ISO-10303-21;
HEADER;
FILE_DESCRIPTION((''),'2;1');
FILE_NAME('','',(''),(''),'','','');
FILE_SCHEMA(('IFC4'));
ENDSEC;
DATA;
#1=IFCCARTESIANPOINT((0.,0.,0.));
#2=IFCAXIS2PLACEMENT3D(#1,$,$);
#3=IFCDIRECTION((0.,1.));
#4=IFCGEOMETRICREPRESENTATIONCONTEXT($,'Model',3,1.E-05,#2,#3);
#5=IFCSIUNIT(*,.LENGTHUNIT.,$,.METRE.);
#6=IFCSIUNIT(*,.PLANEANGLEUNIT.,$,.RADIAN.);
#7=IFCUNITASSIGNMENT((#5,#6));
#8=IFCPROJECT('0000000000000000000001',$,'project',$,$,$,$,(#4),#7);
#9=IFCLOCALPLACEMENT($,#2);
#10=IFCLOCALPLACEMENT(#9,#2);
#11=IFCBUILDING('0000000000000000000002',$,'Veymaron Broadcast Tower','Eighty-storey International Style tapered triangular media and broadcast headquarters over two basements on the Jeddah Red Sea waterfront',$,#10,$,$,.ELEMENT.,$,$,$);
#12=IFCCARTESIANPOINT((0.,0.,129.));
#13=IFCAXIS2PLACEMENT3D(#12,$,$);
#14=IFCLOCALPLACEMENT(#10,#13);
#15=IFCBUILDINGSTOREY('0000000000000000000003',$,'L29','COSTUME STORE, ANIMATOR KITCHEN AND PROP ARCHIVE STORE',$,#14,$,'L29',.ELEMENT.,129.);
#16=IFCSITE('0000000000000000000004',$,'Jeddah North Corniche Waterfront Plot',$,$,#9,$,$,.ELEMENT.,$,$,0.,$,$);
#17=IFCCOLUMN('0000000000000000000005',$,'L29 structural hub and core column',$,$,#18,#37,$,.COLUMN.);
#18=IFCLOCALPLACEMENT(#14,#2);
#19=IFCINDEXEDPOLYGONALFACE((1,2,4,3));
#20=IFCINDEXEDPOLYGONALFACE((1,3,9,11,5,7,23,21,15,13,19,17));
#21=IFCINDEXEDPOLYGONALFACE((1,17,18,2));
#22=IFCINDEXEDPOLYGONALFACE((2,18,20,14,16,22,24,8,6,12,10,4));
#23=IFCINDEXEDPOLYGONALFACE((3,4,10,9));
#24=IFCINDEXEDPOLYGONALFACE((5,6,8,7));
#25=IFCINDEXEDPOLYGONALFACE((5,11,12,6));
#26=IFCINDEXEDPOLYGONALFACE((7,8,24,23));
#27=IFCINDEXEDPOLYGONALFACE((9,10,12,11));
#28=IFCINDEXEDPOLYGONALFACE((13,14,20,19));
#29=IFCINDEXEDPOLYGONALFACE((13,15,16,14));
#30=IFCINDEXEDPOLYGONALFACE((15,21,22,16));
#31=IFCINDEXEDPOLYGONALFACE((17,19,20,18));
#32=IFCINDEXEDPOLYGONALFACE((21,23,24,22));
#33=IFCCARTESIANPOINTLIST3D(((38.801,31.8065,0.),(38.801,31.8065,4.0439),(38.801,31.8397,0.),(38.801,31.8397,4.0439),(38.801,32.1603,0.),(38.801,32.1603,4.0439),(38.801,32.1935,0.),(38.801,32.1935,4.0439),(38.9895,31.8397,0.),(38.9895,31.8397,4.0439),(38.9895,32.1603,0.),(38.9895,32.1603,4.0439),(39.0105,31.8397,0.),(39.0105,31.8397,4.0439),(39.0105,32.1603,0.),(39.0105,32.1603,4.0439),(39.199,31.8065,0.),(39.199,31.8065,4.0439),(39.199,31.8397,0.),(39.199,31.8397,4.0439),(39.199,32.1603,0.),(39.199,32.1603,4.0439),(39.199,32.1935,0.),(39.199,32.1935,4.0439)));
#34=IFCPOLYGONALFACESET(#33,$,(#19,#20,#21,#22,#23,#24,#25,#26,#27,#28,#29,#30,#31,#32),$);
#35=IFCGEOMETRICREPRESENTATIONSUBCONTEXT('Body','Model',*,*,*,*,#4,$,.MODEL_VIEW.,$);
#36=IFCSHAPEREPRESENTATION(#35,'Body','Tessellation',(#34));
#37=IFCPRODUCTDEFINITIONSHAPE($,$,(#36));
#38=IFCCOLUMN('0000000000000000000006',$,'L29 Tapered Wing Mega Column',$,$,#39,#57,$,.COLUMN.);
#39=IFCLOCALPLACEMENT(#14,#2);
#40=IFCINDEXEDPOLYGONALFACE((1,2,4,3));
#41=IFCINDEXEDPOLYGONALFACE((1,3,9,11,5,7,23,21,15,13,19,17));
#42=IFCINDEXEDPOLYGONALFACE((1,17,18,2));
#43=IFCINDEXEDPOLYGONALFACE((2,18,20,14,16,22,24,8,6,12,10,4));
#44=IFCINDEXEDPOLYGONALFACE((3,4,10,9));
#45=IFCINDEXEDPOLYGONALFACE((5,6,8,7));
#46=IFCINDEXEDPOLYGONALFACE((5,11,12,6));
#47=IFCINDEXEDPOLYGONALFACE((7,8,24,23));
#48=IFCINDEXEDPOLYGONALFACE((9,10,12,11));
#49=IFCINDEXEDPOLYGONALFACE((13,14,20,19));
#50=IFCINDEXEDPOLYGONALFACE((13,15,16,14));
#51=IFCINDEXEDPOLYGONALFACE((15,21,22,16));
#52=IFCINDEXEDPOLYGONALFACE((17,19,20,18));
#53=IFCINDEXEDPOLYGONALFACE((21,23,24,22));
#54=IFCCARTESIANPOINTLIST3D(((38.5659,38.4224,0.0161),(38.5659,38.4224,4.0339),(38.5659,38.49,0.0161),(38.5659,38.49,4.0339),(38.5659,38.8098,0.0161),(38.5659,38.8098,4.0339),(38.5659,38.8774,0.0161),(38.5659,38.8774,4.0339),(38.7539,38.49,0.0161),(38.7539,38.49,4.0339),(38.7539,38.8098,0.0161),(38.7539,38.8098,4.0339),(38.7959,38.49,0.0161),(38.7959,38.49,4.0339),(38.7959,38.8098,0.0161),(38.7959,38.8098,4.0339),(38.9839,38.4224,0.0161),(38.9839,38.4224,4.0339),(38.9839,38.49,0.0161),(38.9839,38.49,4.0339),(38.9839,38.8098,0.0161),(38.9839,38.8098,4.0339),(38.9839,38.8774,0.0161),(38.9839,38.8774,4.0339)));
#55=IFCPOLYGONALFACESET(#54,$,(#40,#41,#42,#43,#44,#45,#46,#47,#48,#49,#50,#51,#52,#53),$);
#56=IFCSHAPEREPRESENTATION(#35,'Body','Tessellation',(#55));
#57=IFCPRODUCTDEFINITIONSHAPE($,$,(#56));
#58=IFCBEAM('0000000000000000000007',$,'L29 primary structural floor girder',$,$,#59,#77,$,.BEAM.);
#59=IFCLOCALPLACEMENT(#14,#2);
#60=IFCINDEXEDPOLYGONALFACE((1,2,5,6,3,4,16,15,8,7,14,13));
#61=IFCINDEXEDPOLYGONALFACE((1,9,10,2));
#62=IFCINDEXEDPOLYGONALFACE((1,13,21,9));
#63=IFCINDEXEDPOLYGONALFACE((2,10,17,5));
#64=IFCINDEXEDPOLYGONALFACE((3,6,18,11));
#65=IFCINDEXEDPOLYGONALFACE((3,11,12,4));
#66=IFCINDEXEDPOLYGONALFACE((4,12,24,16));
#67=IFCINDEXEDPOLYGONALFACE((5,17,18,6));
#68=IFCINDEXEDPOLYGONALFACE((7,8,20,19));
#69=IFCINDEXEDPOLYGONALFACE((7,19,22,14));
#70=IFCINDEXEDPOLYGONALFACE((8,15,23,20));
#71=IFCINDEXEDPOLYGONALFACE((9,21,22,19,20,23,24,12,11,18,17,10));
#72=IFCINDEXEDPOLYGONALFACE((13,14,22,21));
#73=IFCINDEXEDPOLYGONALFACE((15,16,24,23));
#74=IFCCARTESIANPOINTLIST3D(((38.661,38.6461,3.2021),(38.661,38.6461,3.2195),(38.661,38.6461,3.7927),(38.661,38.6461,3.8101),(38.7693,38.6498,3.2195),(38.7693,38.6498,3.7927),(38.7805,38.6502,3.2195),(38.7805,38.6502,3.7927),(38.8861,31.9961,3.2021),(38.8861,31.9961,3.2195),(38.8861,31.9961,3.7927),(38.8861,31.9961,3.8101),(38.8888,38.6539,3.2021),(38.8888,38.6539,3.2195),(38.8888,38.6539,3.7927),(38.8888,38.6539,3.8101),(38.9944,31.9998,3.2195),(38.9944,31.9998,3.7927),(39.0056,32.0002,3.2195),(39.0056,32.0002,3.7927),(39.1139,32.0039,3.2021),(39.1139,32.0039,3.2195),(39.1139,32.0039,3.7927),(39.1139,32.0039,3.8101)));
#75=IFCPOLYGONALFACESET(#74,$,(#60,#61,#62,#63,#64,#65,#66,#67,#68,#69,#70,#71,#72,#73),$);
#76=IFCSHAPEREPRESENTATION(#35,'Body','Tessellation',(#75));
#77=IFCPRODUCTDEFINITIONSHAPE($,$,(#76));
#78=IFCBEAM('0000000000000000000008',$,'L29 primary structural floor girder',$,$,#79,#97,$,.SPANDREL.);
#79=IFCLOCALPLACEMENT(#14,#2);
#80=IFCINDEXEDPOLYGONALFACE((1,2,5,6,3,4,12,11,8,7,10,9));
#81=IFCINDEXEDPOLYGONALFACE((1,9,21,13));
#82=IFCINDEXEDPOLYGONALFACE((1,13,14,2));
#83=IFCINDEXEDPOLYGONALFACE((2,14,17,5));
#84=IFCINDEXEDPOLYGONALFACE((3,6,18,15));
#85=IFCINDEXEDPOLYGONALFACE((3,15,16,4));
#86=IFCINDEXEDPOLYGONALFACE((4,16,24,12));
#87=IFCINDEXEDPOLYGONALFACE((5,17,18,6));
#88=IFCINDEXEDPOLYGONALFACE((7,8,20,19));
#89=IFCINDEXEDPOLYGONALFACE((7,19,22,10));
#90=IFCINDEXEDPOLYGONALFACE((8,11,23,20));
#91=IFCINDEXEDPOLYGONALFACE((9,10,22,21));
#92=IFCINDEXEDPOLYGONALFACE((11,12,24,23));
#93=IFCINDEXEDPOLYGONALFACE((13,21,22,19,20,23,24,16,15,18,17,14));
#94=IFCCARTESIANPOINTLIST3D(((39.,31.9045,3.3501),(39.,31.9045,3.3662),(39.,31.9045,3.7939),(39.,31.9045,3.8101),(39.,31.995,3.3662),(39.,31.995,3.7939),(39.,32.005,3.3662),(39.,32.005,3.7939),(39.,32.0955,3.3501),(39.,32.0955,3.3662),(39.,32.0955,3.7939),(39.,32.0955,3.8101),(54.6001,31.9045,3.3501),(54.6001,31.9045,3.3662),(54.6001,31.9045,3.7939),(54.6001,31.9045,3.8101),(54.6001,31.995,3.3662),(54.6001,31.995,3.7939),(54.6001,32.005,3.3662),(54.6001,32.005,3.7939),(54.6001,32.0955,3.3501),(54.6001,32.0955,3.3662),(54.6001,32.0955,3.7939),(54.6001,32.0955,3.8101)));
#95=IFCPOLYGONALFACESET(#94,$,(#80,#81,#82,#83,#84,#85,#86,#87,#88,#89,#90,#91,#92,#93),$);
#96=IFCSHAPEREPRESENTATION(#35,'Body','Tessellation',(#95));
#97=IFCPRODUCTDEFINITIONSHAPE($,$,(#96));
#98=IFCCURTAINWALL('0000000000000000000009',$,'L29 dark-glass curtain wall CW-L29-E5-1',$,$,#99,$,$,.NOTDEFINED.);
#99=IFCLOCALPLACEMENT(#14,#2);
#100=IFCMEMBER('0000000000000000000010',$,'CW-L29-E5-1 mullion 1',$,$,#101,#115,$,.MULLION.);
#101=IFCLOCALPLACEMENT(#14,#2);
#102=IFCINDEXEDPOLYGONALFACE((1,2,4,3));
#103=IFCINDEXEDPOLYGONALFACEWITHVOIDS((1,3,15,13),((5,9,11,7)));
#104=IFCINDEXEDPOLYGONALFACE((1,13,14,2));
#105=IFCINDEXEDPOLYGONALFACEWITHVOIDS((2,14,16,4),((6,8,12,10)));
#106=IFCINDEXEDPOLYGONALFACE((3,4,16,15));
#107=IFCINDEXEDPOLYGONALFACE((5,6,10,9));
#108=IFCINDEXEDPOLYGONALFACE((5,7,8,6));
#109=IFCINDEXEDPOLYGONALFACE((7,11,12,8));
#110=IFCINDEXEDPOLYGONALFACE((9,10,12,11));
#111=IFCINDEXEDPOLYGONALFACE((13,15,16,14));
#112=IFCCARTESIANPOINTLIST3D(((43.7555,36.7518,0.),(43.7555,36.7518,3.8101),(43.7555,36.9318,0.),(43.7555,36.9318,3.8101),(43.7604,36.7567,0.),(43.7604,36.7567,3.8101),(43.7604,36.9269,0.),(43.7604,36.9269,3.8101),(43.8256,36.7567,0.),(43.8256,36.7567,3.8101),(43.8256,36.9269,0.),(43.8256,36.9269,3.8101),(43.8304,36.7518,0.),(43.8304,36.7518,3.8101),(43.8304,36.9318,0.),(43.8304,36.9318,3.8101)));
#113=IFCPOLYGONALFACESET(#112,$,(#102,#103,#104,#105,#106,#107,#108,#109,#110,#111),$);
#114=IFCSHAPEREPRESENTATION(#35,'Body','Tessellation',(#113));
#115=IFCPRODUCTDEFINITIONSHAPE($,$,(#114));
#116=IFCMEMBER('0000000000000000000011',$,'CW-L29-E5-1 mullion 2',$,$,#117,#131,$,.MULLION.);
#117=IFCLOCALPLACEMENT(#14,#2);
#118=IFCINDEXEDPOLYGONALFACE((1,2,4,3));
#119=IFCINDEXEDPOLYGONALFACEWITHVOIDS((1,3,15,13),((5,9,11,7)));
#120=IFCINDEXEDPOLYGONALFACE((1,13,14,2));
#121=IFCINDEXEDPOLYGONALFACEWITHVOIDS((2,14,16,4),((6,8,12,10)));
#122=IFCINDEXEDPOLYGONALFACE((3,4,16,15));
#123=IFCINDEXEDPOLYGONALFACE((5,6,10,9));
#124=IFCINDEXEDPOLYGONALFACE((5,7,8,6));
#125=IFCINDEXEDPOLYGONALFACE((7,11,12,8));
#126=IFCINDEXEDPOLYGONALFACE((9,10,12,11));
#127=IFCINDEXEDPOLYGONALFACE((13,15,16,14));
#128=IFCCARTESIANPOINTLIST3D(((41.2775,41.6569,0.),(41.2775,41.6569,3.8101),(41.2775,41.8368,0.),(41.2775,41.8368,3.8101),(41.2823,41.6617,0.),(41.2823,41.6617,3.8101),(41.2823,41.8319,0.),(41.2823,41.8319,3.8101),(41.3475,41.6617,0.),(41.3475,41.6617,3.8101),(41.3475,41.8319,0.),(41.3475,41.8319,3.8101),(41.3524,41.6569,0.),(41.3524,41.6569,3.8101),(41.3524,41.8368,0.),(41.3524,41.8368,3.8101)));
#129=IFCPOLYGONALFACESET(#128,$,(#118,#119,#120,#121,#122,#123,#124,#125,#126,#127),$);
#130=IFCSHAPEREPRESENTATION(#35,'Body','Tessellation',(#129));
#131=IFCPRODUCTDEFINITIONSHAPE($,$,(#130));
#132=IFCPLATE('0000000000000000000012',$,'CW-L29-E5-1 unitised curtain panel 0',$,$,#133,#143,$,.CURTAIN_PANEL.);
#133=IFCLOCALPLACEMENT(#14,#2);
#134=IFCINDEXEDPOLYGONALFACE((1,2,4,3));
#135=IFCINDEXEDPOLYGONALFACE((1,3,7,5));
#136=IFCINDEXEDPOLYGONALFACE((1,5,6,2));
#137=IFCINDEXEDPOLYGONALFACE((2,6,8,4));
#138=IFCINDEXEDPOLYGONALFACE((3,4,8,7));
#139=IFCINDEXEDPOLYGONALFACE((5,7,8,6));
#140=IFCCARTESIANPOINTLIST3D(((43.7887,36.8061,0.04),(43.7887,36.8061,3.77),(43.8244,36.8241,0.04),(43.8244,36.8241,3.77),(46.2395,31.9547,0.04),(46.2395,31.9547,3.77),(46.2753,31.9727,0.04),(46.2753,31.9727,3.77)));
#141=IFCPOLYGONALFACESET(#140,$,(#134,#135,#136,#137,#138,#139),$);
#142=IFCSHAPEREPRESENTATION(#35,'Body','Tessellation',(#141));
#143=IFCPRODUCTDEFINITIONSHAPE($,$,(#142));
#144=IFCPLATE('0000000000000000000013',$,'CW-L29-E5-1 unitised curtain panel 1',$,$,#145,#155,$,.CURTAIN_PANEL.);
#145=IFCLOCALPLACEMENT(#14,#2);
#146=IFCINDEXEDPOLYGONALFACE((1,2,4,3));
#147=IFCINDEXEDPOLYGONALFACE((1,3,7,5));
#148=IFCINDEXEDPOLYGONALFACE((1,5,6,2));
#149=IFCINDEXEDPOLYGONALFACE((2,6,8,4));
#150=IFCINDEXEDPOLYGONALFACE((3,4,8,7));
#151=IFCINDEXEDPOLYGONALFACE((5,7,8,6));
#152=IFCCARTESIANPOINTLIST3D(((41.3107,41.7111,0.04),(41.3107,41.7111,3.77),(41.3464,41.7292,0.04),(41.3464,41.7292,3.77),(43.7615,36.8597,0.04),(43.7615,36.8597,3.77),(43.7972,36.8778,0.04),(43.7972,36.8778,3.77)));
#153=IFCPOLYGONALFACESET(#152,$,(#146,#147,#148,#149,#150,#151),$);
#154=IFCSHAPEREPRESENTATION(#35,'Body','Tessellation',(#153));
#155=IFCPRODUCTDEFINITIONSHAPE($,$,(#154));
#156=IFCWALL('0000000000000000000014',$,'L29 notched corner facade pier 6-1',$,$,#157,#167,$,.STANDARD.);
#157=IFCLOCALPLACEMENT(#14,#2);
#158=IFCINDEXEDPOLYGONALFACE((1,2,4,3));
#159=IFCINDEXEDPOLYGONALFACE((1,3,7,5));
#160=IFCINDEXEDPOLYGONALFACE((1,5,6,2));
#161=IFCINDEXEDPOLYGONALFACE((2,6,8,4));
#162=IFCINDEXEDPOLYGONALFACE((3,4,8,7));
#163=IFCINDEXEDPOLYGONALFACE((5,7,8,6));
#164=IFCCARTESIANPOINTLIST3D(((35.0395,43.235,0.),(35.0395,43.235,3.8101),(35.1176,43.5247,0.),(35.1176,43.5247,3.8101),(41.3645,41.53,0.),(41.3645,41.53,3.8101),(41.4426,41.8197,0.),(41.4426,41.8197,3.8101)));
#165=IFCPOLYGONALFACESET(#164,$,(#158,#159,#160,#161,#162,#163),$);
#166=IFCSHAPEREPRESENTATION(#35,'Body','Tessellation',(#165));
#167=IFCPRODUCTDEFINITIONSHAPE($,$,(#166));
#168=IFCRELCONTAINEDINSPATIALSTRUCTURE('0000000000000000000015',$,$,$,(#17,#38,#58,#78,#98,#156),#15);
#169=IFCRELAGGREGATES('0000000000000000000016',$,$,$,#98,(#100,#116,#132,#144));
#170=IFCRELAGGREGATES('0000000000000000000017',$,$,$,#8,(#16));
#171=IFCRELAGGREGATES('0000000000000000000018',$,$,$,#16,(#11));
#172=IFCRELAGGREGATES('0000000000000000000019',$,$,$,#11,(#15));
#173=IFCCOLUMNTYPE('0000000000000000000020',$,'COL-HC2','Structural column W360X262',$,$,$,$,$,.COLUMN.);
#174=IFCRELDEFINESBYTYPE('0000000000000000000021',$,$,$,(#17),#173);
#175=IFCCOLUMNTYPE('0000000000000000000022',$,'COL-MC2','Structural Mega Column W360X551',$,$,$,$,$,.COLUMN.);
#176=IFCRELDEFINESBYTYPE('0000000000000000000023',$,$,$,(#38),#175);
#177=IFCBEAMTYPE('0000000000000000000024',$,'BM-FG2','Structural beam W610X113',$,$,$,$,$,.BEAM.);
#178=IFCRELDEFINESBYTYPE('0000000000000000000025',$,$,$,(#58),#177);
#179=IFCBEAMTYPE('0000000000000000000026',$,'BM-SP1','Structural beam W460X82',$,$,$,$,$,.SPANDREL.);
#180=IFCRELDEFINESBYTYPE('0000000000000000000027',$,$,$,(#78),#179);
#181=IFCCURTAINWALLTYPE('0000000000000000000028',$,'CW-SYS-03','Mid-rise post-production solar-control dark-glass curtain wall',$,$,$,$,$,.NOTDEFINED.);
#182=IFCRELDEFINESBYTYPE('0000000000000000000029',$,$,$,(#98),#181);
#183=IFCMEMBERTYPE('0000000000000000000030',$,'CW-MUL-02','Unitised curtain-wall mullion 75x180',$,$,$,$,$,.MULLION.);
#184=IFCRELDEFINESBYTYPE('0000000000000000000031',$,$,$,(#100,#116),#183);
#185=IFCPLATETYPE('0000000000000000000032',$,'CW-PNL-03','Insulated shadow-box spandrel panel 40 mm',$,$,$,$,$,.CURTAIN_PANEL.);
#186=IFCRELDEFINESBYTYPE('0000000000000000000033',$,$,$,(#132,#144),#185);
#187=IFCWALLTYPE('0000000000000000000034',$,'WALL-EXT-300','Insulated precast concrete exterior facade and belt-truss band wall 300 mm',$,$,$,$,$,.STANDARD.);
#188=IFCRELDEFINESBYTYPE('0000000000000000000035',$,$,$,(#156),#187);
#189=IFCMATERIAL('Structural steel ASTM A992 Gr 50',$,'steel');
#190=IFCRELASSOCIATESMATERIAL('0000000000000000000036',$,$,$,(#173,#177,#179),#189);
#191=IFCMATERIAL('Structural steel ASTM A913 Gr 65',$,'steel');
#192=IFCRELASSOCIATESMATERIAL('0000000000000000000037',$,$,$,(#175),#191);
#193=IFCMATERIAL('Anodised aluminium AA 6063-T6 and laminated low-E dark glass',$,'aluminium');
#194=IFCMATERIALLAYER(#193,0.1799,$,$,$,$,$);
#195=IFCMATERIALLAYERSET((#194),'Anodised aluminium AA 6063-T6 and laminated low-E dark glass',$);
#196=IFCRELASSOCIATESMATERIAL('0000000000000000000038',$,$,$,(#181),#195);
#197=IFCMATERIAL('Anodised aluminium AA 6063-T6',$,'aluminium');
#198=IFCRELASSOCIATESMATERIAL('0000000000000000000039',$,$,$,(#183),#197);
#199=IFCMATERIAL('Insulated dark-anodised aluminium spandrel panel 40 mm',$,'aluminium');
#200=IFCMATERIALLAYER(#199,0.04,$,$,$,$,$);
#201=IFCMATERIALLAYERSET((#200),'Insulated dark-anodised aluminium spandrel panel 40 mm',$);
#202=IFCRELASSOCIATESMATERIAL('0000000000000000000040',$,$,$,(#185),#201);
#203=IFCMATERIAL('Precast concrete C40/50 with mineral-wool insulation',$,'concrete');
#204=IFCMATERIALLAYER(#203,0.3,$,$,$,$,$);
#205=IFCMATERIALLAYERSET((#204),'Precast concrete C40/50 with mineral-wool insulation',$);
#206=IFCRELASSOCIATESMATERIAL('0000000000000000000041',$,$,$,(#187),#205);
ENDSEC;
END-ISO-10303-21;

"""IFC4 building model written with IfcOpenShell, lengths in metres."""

from ifc_helpers import new_model, si_unit, direction, frame, frame_2d, origin, origin_2d, place, context, subcontext, project, spatial, rectangle, hollow_rectangle, i_section, extrude, material, layer, layer_set, material_profile, profile_set, type_object, element, aggregate, save


model = new_model("IFC4")

# Units and contexts
model_context = context("Model", 3, precision=1e-05, world=origin(), true_north=direction((0.0, 1.0)))
body_context = subcontext(model_context, "Body", "Model", "MODEL_VIEW")
ifc_project = project(units=[si_unit("LENGTHUNIT", "METRE"), si_unit("PLANEANGLEUNIT", "RADIAN")], contexts=[model_context])

# Site, building, storey
site_placement = place(None, origin())
site = spatial("IfcSite", under=ifc_project, at=site_placement, Name="Jeddah North Corniche Waterfront Plot", CompositionType="ELEMENT", RefElevation=0.0)
building_placement = place(site_placement, origin())
building = spatial("IfcBuilding", under=site, at=building_placement, Name="Veymaron Broadcast Tower", Description="Eighty-storey International Style tapered triangular media and broadcast headquarters over two basements on the Jeddah Red Sea waterfront", CompositionType="ELEMENT")
storey_placement = place(building_placement, frame((0.0, 0.0, 129.0)))
storey = spatial("IfcBuildingStorey", under=building, at=storey_placement, Name="L29", Description="COSTUME STORE, ANIMATOR KITCHEN AND PROP ARCHIVE STORE", LongName="L29", CompositionType="ELEMENT", Elevation=129.0)

# Columns
ifc_material_1 = material(Name="Structural steel ASTM A992 Gr 50", Category="steel")
ifc_material_profile_1 = material_profile(ifc_material_1, i_section(OverallWidth=0.3979, OverallDepth=0.387, WebThickness=0.021, FlangeThickness=0.0332, at=origin_2d()), Name="W360X262")
ifc_profile_set_1 = profile_set([ifc_material_profile_1], Name="Structural steel ASTM A992 Gr 50")
column_type_1 = type_object("IfcColumnType", Name="COL-HC2", Description="Structural column W360X262", PredefinedType="COLUMN", material=ifc_profile_set_1)
column_1_placement = place(storey_placement, frame((39.0, 32.0, 0.0), z_axis=(0.0, 0.0, 1.0), x_axis=(1.0, 0.0, 0.0)))
element("IfcColumn", 1, at=column_1_placement, inside=storey, type_object=column_type_1, Name="L29 structural hub and core column", PredefinedType="COLUMN", context=body_context, shape_type="SweptSolid", body=[
    extrude(i_section(OverallWidth=0.3979, OverallDepth=0.387, WebThickness=0.021, FlangeThickness=0.0332, at=origin_2d()), origin(), (0.0, 0.0, 1.0), 4.0439),
])
ifc_material_2 = material(Name="Structural steel ASTM A913 Gr 65", Category="steel")
ifc_material_profile_2 = material_profile(ifc_material_2, i_section(OverallWidth=0.418, OverallDepth=0.4551, WebThickness=0.042, FlangeThickness=0.0676, at=origin_2d()), Name="W360X551")
ifc_profile_set_2 = profile_set([ifc_material_profile_2], Name="Structural steel ASTM A913 Gr 65")
column_type_2 = type_object("IfcColumnType", Name="COL-MC2", Description="Structural Mega Column W360X551", PredefinedType="COLUMN", material=ifc_profile_set_2)
column_2_placement = place(storey_placement, frame((38.7749, 38.6499, 0.0161), z_axis=(0.0, 0.0, 1.0), x_axis=(1.0, 0.0, 0.0)))
element("IfcColumn", 2, at=column_2_placement, inside=storey, type_object=column_type_2, Name="L29 Tapered Wing Mega Column", PredefinedType="COLUMN", context=body_context, shape_type="SweptSolid", body=[
    extrude(i_section(OverallWidth=0.418, OverallDepth=0.4551, WebThickness=0.042, FlangeThickness=0.0676, at=origin_2d()), origin(), (0.0, 0.0, 1.0), 4.0178),
])

# Beams
ifc_material_profile_3 = material_profile(ifc_material_1, i_section(OverallWidth=0.228, OverallDepth=0.6079, WebThickness=0.0112, FlangeThickness=0.0173, at=origin_2d()), Name="W610X113")
ifc_profile_set_3 = profile_set([ifc_material_profile_3], Name="Structural steel ASTM A992 Gr 50")
beam_type_1 = type_object("IfcBeamType", Name="BM-FG2", Description="Structural beam W610X113", PredefinedType="BEAM", material=ifc_profile_set_3)
beam_1_placement = place(storey_placement, frame((39.0, 32.0, 3.5061), z_axis=(-0.03383, 0.999428, 0.0), x_axis=(-0.999428, -0.03383, 0.0)))
element("IfcBeam", 3, at=beam_1_placement, inside=storey, type_object=beam_type_1, Name="L29 primary structural floor girder", PredefinedType="BEAM", context=body_context, shape_type="SweptSolid", body=[
    extrude(i_section(OverallWidth=0.228, OverallDepth=0.6079, WebThickness=0.0112, FlangeThickness=0.0173, at=origin_2d()), origin(), (0.0, 0.0, 1.0), 6.6538),
])
ifc_material_profile_4 = material_profile(ifc_material_1, i_section(OverallWidth=0.1909, OverallDepth=0.46, WebThickness=0.01, FlangeThickness=0.0161, at=origin_2d()), Name="W460X82")
ifc_profile_set_4 = profile_set([ifc_material_profile_4], Name="Structural steel ASTM A992 Gr 50")
beam_type_2 = type_object("IfcBeamType", Name="BM-SP1", Description="Structural beam W460X82", PredefinedType="SPANDREL", material=ifc_profile_set_4)
beam_2_placement = place(storey_placement, frame((39.0, 32.0, 3.5801), z_axis=(1.0, 0.0, 0.0), x_axis=(0.0, 1.0, 0.0)))
element("IfcBeam", 4, at=beam_2_placement, inside=storey, type_object=beam_type_2, Name="L29 primary structural floor girder", PredefinedType="SPANDREL", context=body_context, shape_type="SweptSolid", body=[
    extrude(i_section(OverallWidth=0.1909, OverallDepth=0.46, WebThickness=0.01, FlangeThickness=0.0161, at=origin_2d()), origin(), (0.0, 0.0, 1.0), 15.6001),
])

# Curtain wall, members, plates
ifc_material_3 = material(Name="Anodised aluminium AA 6063-T6 and laminated low-E dark glass", Category="aluminium")
ifc_layer_1 = layer(ifc_material_3, 0.1799)
ifc_layer_set_1 = layer_set([ifc_layer_1], Name="Anodised aluminium AA 6063-T6 and laminated low-E dark glass")
curtain_wall_type = type_object("IfcCurtainWallType", Name="CW-SYS-03", Description="Mid-rise post-production solar-control dark-glass curtain wall", PredefinedType="NOTDEFINED", material=ifc_layer_set_1)
curtain_wall_placement = place(storey_placement, origin())
curtain_wall = element("IfcCurtainWall", 5, at=curtain_wall_placement, inside=storey, type_object=curtain_wall_type, Name="L29 dark-glass curtain wall CW-L29-E5-1", PredefinedType="NOTDEFINED")
ifc_material_4 = material(Name="Anodised aluminium AA 6063-T6", Category="aluminium")
ifc_material_profile_5 = material_profile(ifc_material_4, hollow_rectangle(XDim=0.075, YDim=0.1799, WallThickness=0.0049, at=origin_2d()), Name="AL180X75X5")
ifc_profile_set_5 = profile_set([ifc_material_profile_5], Name="Anodised aluminium AA 6063-T6")
member_type = type_object("IfcMemberType", Name="CW-MUL-02", Description="Unitised curtain-wall mullion 75x180", PredefinedType="MULLION", material=ifc_profile_set_5)
member_1_placement = place(storey_placement, frame((43.793, 36.8418, 0.0), z_axis=(0.0, 0.0, 1.0), x_axis=(1.0, 0.0, 0.0)))
member_1 = element("IfcMember", 6, at=member_1_placement, type_object=member_type, Name="CW-L29-E5-1 mullion 1", PredefinedType="MULLION", context=body_context, shape_type="SweptSolid", body=[
    extrude(hollow_rectangle(XDim=0.075, YDim=0.1799, WallThickness=0.0049, at=origin_2d()), origin(), (0.0, 0.0, 1.0), 3.8101),
])
member_2_placement = place(storey_placement, frame((41.3149, 41.7468, 0.0), z_axis=(0.0, 0.0, 1.0), x_axis=(1.0, 0.0, 0.0)))
member_2 = element("IfcMember", 7, at=member_2_placement, type_object=member_type, Name="CW-L29-E5-1 mullion 2", PredefinedType="MULLION", context=body_context, shape_type="SweptSolid", body=[
    extrude(hollow_rectangle(XDim=0.075, YDim=0.1799, WallThickness=0.0049, at=origin_2d()), origin(), (0.0, 0.0, 1.0), 3.8101),
])
ifc_material_5 = material(Name="Insulated dark-anodised aluminium spandrel panel 40 mm", Category="aluminium")
ifc_layer_2 = layer(ifc_material_5, 0.04)
ifc_layer_set_2 = layer_set([ifc_layer_2], Name="Insulated dark-anodised aluminium spandrel panel 40 mm")
plate_type = type_object("IfcPlateType", Name="CW-PNL-03", Description="Insulated shadow-box spandrel panel 40 mm", PredefinedType="CURTAIN_PANEL", material=ifc_layer_set_2)
plate_1_placement = place(storey_placement, frame((45.032, 34.3894, 0.04), z_axis=(0.0, 0.0, 1.0), x_axis=(-0.450909, 0.89257, 0.0)))
plate_1 = element("IfcPlate", 8, at=plate_1_placement, type_object=plate_type, Name="CW-L29-E5-1 unitised curtain panel 0", PredefinedType="CURTAIN_PANEL", context=body_context, shape_type="SweptSolid", body=[
    extrude(rectangle(XDim=5.4353, YDim=0.04, at=origin_2d()), origin(), (0.0, 0.0, 1.0), 3.73),
])
plate_2_placement = place(storey_placement, frame((42.554, 39.2944, 0.04), z_axis=(0.0, 0.0, 1.0), x_axis=(-0.450909, 0.89257, 0.0)))
plate_2 = element("IfcPlate", 9, at=plate_2_placement, type_object=plate_type, Name="CW-L29-E5-1 unitised curtain panel 1", PredefinedType="CURTAIN_PANEL", context=body_context, shape_type="SweptSolid", body=[
    extrude(rectangle(XDim=5.4353, YDim=0.04, at=origin_2d()), origin(), (0.0, 0.0, 1.0), 3.73),
])
aggregate(curtain_wall, [member_1, member_2, plate_1, plate_2])

# Wall
ifc_material_6 = material(Name="Precast concrete C40/50 with mineral-wool insulation", Category="concrete")
ifc_layer_3 = layer(ifc_material_6, 0.3)
ifc_layer_set_3 = layer_set([ifc_layer_3], Name="Precast concrete C40/50 with mineral-wool insulation")
wall_type_1 = type_object("IfcWallType", Name="WALL-EXT-300", Description="Insulated precast concrete exterior facade and belt-truss band wall 300 mm", PredefinedType="STANDARD", material=ifc_layer_set_3)
wall_1_placement = place(storey_placement, frame((41.4036, 41.6748, 0.0), z_axis=(0.0, 0.0, 1.0), x_axis=(-0.965531, 0.260288, 0.0)))
element("IfcWall", 10, at=wall_1_placement, inside=storey, type_object=wall_type_1, Name="L29 notched corner facade pier 6-1", PredefinedType="STANDARD", context=body_context, shape_type="SweptSolid", body=[
    extrude(rectangle(XDim=6.5508, YDim=0.3, at=frame_2d((3.2754, 0.0))), origin(), (0.0, 0.0, 1.0), 3.8101),
])

save(model, "model.ifc")
